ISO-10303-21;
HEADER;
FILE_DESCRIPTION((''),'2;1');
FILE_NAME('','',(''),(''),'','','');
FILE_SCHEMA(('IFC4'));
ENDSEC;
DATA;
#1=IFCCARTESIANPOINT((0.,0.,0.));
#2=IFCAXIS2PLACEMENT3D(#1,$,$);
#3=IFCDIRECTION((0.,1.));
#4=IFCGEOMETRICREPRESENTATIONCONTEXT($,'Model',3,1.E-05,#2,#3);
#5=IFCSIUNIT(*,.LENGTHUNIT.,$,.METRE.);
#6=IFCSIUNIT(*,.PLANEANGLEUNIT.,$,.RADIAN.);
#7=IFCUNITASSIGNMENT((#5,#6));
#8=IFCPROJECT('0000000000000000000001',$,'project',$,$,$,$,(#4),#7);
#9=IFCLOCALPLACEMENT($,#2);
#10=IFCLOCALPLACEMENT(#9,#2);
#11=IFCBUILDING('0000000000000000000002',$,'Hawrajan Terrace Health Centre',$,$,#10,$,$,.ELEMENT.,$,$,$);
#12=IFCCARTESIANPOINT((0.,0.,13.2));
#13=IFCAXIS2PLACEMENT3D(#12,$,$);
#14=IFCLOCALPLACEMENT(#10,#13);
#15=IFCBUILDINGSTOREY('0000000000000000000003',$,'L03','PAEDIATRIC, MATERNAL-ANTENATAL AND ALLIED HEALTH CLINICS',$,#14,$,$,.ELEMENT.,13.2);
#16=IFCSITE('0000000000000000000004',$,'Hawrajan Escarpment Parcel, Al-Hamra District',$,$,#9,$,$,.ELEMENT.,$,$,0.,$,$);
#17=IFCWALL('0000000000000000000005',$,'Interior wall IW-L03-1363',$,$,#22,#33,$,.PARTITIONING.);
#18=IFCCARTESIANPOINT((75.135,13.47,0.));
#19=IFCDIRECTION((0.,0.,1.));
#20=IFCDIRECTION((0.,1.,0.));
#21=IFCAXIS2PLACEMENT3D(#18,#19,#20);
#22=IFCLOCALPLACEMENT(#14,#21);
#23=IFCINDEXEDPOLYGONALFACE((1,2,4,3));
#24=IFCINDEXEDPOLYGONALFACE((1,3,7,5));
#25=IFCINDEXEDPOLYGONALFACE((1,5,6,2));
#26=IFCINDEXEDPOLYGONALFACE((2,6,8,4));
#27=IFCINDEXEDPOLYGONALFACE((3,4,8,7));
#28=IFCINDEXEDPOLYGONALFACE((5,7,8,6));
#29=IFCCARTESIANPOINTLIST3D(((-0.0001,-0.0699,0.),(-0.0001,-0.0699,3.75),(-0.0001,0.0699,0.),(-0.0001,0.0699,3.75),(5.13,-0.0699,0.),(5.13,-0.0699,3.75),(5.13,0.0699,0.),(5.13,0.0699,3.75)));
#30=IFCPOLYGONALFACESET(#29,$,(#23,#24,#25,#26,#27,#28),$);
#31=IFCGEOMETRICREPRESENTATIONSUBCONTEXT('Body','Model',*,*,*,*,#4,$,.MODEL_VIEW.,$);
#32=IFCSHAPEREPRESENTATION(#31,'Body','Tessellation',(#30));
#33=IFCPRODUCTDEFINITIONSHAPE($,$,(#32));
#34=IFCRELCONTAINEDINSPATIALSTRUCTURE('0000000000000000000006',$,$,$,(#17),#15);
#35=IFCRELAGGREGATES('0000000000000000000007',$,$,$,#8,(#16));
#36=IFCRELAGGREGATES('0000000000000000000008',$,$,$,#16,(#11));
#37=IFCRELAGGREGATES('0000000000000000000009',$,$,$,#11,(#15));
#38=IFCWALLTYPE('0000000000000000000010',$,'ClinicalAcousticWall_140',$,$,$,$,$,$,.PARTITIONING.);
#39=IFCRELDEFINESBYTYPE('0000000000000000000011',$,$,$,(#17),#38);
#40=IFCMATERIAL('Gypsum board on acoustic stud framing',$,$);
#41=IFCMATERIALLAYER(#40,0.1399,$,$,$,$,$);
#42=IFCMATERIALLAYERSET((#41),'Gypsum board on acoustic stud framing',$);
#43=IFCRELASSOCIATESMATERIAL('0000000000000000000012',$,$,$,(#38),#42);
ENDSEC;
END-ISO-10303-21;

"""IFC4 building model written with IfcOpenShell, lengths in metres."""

from ifc_helpers import new_model, si_unit, direction, frame, frame_2d, origin, place, context, subcontext, project, spatial, rectangle, extrude, material, layer, layer_set, type_object, element, save


model = new_model("IFC4")

# Units and contexts
model_context = context("Model", 3, precision=1e-05, world=origin(), true_north=direction((0.0, 1.0)))
body_context = subcontext(model_context, "Body", "Model", "MODEL_VIEW")
ifc_project = project(units=[si_unit("LENGTHUNIT", "METRE"), si_unit("PLANEANGLEUNIT", "RADIAN")], contexts=[model_context])

# Site, building, storey
site_placement = place(None, origin())
site = spatial("IfcSite", under=ifc_project, at=site_placement, Name="Hawrajan Escarpment Parcel, Al-Hamra District", CompositionType="ELEMENT", RefElevation=0.0)
building_placement = place(site_placement, origin())
building = spatial("IfcBuilding", under=site, at=building_placement, Name="Hawrajan Terrace Health Centre", CompositionType="ELEMENT")
storey_placement = place(building_placement, frame((0.0, 0.0, 13.2)))
storey = spatial("IfcBuildingStorey", under=building, at=storey_placement, Name="L03", Description="PAEDIATRIC, MATERNAL-ANTENATAL AND ALLIED HEALTH CLINICS", CompositionType="ELEMENT", Elevation=13.2)

# Wall
ifc_material_1 = material(Name="Gypsum board on acoustic stud framing")
ifc_layer_1 = layer(ifc_material_1, 0.1399)
ifc_layer_set_1 = layer_set([ifc_layer_1], Name="Gypsum board on acoustic stud framing")
wall_type_1 = type_object("IfcWallType", Name="ClinicalAcousticWall_140", PredefinedType="PARTITIONING", material=ifc_layer_set_1)
wall_1_placement = place(storey_placement, frame((75.135, 13.47, 0.0), z_axis=(0.0, 0.0, 1.0), x_axis=(0.0, 1.0, 0.0)))
element("IfcWall", 1, at=wall_1_placement, inside=storey, type_object=wall_type_1, Name="Interior wall IW-L03-1363", PredefinedType="PARTITIONING", context=body_context, shape_type="SweptSolid", body=[
    extrude(rectangle(XDim=5.1301, YDim=0.1399, at=frame_2d((2.5649, 0.0))), origin(), (0.0, 0.0, 1.0), 3.75),
])

save(model, "model.ifc")
